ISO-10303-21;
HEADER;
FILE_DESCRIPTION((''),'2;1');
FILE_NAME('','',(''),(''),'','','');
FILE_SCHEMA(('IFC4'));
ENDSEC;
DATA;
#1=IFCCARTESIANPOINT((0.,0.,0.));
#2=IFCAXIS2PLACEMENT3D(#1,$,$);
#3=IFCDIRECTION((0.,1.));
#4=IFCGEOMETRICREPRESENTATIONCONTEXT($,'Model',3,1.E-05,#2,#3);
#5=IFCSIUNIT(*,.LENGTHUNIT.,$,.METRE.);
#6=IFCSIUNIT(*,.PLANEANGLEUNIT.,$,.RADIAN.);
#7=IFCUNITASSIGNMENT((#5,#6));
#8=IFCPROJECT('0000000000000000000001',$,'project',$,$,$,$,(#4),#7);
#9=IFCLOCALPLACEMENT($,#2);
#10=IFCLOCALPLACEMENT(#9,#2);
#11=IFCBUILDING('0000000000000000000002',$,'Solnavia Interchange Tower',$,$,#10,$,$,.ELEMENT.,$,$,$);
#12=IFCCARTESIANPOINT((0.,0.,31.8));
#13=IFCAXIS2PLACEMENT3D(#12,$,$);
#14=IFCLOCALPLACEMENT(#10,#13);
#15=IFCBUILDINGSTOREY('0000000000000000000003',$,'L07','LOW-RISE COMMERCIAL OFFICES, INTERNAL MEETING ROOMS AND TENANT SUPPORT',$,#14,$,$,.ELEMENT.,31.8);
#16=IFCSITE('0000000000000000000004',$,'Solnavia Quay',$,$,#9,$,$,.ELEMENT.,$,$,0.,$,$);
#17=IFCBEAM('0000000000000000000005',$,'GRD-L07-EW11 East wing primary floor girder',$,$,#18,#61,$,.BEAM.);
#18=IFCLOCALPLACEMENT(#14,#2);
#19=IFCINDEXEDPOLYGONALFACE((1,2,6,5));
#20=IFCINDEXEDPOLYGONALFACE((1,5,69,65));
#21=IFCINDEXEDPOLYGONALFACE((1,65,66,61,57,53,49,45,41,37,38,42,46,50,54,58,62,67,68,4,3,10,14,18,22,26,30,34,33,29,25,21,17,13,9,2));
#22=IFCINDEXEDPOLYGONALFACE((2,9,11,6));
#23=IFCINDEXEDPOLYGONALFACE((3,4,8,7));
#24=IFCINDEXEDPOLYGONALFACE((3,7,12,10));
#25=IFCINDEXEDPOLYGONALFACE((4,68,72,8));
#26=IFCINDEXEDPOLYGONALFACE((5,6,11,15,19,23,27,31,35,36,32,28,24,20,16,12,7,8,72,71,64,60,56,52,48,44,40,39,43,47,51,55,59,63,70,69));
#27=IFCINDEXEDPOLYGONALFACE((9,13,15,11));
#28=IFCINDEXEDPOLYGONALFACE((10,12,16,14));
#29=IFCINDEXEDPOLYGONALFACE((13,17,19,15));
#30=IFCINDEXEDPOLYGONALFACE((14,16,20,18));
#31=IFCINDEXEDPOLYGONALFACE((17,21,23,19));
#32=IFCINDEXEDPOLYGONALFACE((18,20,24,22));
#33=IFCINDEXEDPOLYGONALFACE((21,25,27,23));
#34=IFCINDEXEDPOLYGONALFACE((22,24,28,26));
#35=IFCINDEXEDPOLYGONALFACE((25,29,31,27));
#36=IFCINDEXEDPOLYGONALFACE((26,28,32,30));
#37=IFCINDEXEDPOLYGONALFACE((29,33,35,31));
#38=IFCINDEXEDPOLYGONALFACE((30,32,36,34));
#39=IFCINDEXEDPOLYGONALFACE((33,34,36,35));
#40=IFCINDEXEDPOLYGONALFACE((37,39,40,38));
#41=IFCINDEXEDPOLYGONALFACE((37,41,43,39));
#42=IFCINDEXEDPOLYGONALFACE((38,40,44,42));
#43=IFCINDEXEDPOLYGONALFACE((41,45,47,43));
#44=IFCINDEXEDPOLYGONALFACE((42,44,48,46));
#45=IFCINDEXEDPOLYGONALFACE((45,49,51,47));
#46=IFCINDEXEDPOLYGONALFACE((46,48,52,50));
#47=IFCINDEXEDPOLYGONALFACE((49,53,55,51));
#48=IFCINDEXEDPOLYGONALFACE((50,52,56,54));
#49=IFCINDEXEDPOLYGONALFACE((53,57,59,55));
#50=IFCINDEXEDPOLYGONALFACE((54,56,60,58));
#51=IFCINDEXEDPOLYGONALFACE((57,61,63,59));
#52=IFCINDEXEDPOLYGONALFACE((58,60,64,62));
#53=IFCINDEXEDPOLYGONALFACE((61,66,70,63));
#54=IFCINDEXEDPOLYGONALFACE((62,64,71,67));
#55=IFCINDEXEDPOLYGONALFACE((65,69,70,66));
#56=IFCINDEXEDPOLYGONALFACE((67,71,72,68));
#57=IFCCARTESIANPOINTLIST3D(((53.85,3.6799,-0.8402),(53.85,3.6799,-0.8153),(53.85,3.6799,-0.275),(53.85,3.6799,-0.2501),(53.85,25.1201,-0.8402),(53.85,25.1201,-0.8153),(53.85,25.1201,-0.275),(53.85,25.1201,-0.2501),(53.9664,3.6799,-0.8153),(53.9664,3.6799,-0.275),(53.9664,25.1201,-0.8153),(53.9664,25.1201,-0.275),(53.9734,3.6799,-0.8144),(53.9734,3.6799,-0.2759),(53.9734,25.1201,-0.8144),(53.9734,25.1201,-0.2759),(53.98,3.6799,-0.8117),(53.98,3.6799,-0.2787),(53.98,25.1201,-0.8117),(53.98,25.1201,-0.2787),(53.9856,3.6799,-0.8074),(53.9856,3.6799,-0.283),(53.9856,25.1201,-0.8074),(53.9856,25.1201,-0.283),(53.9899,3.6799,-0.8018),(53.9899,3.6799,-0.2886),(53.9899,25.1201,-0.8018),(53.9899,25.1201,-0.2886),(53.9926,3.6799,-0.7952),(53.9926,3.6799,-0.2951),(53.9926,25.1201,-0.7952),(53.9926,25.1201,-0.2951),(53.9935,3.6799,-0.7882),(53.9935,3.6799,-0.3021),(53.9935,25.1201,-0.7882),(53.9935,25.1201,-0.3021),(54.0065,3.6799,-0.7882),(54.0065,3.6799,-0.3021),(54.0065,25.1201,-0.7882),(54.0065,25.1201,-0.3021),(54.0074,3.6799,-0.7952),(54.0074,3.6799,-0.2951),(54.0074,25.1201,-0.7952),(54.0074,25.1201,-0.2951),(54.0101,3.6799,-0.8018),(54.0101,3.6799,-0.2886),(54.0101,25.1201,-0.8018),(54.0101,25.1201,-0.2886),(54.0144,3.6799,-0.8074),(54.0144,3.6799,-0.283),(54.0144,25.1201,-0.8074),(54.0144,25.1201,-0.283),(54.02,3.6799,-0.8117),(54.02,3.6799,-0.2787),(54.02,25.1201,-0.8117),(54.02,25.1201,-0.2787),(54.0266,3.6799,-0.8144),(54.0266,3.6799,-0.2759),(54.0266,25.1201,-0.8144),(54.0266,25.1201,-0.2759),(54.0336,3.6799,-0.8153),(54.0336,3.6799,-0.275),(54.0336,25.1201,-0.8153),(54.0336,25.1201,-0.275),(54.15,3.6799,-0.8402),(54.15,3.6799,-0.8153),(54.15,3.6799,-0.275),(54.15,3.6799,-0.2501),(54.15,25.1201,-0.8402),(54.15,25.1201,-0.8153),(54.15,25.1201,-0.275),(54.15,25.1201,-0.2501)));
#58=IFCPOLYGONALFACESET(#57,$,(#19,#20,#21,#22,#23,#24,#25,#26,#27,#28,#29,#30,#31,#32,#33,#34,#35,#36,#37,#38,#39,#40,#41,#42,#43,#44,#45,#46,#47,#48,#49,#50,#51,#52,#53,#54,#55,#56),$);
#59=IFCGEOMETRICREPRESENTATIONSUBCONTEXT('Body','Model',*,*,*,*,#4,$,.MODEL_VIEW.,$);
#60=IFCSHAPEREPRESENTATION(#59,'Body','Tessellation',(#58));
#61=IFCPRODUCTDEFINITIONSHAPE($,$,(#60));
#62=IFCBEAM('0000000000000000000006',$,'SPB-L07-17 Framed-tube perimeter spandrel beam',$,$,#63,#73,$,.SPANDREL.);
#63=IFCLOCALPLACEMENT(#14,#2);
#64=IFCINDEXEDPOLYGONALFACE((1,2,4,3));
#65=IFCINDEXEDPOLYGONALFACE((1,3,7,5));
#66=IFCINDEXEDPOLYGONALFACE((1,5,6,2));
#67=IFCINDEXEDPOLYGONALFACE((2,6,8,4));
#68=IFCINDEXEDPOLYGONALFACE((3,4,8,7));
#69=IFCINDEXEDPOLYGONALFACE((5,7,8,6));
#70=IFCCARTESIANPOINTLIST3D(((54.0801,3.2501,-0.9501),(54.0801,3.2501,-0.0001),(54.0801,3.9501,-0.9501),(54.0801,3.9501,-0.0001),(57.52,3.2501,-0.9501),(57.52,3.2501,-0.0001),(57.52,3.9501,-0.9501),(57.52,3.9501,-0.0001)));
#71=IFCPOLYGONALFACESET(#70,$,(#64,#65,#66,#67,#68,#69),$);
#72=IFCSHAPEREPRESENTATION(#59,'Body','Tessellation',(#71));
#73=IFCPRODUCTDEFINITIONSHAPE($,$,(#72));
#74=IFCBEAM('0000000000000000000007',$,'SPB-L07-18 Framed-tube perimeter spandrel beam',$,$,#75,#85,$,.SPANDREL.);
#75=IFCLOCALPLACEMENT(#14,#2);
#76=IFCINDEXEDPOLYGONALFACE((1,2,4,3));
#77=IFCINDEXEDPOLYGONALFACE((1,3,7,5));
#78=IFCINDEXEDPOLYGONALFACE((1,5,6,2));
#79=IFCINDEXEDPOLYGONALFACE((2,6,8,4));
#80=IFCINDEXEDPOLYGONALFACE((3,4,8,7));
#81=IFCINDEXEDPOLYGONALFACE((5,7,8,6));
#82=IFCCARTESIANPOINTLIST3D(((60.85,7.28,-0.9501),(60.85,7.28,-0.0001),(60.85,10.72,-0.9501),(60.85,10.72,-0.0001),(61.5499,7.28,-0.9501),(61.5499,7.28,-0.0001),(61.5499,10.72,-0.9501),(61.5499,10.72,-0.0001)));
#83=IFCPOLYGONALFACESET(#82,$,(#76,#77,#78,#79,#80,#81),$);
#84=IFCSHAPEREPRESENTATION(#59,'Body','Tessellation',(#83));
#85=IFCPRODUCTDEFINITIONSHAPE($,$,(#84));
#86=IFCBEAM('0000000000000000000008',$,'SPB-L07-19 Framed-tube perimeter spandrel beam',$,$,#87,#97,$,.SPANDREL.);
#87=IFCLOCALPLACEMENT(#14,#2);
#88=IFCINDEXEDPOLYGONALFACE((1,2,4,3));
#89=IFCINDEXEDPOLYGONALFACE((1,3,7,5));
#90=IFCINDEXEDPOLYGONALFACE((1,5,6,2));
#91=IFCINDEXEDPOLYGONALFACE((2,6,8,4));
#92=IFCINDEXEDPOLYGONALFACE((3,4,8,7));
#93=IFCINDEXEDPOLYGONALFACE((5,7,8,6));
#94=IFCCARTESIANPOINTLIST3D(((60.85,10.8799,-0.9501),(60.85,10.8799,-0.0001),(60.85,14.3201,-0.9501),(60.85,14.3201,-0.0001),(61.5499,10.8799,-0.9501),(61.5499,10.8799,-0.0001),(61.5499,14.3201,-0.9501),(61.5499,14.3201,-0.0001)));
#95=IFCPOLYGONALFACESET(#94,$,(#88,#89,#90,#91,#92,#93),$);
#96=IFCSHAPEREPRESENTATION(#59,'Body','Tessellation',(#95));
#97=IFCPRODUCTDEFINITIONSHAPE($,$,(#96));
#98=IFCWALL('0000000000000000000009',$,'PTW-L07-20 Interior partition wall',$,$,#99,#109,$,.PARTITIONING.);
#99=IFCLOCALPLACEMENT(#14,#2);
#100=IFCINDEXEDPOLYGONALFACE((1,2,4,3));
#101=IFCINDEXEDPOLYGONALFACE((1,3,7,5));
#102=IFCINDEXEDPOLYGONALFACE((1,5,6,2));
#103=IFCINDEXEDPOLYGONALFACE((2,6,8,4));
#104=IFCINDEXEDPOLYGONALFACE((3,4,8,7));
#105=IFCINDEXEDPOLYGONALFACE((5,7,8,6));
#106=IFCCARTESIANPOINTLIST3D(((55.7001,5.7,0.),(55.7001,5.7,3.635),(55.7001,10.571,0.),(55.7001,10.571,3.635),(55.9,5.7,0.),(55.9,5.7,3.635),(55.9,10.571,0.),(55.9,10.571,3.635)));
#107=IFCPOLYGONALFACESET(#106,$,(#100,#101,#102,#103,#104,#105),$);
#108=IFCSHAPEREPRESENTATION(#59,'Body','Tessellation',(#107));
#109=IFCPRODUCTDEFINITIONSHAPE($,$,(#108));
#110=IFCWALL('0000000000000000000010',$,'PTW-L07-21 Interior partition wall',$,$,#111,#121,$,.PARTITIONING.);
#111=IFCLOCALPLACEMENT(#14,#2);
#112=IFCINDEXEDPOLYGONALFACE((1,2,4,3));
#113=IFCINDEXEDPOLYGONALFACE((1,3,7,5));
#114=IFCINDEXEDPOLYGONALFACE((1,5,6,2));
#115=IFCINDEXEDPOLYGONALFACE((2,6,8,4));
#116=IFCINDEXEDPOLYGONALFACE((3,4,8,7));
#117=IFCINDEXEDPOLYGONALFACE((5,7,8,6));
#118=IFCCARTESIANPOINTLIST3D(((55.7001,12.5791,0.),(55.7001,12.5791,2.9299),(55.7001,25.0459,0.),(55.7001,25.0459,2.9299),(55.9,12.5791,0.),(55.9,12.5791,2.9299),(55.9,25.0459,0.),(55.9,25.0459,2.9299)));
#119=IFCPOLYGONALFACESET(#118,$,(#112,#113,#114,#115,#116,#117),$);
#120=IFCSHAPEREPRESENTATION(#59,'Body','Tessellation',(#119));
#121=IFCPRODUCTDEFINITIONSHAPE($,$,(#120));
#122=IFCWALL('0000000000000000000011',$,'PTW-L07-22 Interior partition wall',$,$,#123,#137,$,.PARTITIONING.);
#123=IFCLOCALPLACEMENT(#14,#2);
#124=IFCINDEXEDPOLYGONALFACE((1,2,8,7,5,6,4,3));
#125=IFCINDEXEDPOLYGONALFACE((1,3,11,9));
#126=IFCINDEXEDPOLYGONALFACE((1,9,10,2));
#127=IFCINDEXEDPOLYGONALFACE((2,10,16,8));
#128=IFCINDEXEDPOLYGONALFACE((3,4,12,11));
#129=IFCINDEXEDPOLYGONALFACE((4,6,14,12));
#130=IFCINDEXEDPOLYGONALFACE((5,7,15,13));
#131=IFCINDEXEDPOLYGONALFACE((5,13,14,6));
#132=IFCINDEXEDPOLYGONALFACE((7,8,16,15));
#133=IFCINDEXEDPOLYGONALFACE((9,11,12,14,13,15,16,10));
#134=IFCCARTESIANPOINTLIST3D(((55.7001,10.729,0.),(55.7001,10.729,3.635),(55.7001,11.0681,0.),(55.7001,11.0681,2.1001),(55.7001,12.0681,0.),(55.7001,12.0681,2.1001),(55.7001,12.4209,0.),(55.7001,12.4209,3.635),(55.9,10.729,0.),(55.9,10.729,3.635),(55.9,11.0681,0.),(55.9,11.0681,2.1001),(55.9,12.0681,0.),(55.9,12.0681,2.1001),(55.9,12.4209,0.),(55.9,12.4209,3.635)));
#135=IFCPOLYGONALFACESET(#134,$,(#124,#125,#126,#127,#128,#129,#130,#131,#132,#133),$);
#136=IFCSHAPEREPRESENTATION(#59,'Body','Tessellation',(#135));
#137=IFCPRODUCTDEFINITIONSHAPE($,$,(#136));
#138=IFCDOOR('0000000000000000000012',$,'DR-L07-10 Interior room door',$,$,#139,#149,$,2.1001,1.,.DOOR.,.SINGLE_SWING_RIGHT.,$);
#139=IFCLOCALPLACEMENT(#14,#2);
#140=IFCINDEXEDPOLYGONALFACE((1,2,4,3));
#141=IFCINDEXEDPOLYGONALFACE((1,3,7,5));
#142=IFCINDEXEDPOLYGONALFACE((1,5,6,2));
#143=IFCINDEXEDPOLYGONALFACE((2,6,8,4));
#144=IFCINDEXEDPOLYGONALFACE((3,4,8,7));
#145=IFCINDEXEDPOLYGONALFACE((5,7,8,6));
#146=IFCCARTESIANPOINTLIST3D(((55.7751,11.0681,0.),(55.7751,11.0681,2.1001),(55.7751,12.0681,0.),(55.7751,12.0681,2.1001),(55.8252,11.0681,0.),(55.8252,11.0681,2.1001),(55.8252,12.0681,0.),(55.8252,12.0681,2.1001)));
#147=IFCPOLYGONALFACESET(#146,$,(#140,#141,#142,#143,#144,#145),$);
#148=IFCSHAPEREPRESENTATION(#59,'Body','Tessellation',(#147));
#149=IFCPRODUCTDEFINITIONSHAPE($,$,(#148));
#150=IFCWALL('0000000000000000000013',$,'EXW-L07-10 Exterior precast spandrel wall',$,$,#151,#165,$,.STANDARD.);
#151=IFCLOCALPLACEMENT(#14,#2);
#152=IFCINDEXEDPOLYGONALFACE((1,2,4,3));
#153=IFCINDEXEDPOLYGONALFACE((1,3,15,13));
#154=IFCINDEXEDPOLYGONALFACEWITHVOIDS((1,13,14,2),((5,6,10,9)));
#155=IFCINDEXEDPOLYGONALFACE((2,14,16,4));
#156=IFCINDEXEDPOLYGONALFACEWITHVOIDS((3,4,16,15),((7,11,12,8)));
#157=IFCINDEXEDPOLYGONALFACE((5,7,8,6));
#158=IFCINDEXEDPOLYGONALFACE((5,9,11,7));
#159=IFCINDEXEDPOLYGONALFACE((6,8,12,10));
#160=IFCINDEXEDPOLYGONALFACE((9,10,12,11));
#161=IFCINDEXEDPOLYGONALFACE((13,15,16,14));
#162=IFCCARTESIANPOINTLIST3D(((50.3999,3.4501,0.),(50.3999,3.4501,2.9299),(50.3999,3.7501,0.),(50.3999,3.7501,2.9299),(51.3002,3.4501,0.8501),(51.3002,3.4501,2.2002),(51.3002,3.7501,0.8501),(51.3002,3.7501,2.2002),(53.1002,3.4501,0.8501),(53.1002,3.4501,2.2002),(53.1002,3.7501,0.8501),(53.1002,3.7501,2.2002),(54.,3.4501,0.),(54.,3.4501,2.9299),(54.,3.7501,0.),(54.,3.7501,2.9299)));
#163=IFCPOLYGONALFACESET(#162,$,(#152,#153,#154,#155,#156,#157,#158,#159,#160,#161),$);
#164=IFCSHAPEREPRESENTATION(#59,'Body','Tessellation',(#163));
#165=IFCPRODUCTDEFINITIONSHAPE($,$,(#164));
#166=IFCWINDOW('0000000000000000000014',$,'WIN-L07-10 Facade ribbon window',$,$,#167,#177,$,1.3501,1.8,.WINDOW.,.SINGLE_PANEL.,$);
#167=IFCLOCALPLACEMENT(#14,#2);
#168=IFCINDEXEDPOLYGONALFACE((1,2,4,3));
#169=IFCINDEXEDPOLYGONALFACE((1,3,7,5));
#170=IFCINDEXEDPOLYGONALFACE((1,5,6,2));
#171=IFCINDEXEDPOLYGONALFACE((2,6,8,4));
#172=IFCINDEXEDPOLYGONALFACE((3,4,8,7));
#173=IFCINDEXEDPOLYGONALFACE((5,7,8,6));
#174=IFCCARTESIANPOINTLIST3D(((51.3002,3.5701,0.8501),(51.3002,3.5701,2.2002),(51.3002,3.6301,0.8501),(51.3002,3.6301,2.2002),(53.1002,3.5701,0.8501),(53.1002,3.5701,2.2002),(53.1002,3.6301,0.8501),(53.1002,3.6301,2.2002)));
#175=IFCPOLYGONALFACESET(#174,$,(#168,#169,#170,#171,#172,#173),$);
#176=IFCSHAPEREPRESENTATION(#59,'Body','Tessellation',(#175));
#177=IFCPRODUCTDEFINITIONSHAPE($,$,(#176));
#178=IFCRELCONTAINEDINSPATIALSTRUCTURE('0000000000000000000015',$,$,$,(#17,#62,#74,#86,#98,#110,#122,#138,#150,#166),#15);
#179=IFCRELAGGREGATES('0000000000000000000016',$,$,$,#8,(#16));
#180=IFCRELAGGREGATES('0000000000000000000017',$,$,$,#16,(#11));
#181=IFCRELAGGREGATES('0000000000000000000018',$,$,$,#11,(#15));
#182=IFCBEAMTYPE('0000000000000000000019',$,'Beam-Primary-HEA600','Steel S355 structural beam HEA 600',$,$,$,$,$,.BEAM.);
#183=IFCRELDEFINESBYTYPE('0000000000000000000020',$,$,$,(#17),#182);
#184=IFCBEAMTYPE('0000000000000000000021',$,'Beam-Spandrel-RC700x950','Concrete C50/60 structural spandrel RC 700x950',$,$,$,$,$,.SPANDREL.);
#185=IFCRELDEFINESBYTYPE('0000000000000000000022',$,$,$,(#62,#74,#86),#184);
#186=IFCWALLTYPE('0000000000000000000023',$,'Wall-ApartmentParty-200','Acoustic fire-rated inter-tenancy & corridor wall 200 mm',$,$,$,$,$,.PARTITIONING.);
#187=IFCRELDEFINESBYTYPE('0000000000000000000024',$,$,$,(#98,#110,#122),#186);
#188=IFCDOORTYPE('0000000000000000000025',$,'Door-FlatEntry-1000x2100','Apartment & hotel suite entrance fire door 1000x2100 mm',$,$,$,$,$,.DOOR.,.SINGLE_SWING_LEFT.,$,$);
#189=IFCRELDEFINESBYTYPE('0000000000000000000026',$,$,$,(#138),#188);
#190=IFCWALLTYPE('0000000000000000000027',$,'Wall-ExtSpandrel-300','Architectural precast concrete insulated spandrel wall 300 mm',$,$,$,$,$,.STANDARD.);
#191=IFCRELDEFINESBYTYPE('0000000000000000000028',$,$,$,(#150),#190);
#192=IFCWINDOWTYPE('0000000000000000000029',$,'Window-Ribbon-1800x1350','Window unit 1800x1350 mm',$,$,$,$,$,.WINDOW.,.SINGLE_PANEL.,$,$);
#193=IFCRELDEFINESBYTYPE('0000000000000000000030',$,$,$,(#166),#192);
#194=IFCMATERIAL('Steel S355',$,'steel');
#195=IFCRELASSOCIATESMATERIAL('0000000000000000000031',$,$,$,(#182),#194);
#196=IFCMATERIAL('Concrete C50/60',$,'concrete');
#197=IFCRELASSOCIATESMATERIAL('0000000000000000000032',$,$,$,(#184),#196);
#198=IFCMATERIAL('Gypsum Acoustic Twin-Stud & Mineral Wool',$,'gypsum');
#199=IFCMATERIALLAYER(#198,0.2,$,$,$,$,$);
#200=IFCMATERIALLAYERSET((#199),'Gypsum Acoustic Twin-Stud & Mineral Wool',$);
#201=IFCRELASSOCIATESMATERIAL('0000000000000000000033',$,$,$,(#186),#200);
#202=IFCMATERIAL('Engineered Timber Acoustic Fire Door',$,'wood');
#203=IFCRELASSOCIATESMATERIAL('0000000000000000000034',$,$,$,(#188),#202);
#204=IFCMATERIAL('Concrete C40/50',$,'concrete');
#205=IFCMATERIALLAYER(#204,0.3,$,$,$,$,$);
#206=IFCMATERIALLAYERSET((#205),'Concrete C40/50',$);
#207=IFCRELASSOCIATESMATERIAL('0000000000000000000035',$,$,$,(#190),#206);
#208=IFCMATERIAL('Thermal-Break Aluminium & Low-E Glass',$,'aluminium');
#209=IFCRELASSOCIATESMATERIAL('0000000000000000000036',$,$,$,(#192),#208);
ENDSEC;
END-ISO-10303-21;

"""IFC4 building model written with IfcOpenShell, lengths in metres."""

from ifc_helpers import new_model, si_unit, direction, frame, frame_2d, origin, origin_2d, place, context, subcontext, project, spatial, rectangle, i_section, extrude, material, layer, layer_set, material_profile, profile_set, type_object, element, fill, save


model = new_model("IFC4")

# Units and contexts
model_context = context("Model", 3, precision=1e-05, world=origin(), true_north=direction((0.0, 1.0)))
body_context = subcontext(model_context, "Body", "Model", "MODEL_VIEW")
ifc_project = project(units=[si_unit("LENGTHUNIT", "METRE"), si_unit("PLANEANGLEUNIT", "RADIAN")], contexts=[model_context])

# Site, building, storey
site_placement = place(None, origin())
site = spatial("IfcSite", under=ifc_project, at=site_placement, Name="Solnavia Quay", CompositionType="ELEMENT", RefElevation=0.0)
building_placement = place(site_placement, origin())
building = spatial("IfcBuilding", under=site, at=building_placement, Name="Solnavia Interchange Tower", CompositionType="ELEMENT")
storey_placement = place(building_placement, frame((0.0, 0.0, 31.8)))
storey = spatial("IfcBuildingStorey", under=building, at=storey_placement, Name="L07", Description="LOW-RISE COMMERCIAL OFFICES, INTERNAL MEETING ROOMS AND TENANT SUPPORT", CompositionType="ELEMENT", Elevation=31.8)

# Beams
ifc_material_1 = material(Name="Steel S355", Category="steel")
ifc_material_profile_1 = material_profile(ifc_material_1, i_section(OverallWidth=0.3, OverallDepth=0.5901, WebThickness=0.0129, FlangeThickness=0.0249, FilletRadius=0.0271, at=origin_2d()), Name="HEA 600")
ifc_profile_set_1 = profile_set([ifc_material_profile_1], Name="Steel S355")
beam_type_1 = type_object("IfcBeamType", Name="Beam-Primary-HEA600", Description="Steel S355 structural beam HEA 600", PredefinedType="BEAM", material=ifc_profile_set_1)
beam_1_placement = place(storey_placement, frame((54.0, 3.6799, -0.5452), z_axis=(0.0, 1.0, 0.0), x_axis=(-1.0, 0.0, 0.0)))
element("IfcBeam", 1, at=beam_1_placement, inside=storey, type_object=beam_type_1, Name="GRD-L07-EW11 East wing primary floor girder", PredefinedType="BEAM", context=body_context, shape_type="SweptSolid", body=[
    extrude(i_section(OverallWidth=0.3, OverallDepth=0.5901, WebThickness=0.0129, FlangeThickness=0.0249, FilletRadius=0.0271, at=origin_2d()), origin(), (0.0, 0.0, 1.0), 21.4402),
])
ifc_material_2 = material(Name="Concrete C50/60", Category="concrete")
ifc_material_profile_2 = material_profile(ifc_material_2, rectangle(XDim=0.7, YDim=0.95, at=origin_2d()), Name="RC 700x950")
ifc_profile_set_2 = profile_set([ifc_material_profile_2], Name="Concrete C50/60")
beam_type_2 = type_object("IfcBeamType", Name="Beam-Spandrel-RC700x950", Description="Concrete C50/60 structural spandrel RC 700x950", PredefinedType="SPANDREL", material=ifc_profile_set_2)
for number, where, z_axis, x_axis, name in (
    (2, (54.0801, 3.6001, -0.4751), (1.0, 0.0, 0.0), (0.0, 1.0, 0.0), "SPB-L07-17 Framed-tube perimeter spandrel beam"),
    (3, (61.2, 7.28, -0.4751), (0.0, 1.0, 0.0), (-1.0, 0.0, 0.0), "SPB-L07-18 Framed-tube perimeter spandrel beam"),
):
    element("IfcBeam", number, at=place(storey_placement, frame(where, z_axis=z_axis, x_axis=x_axis)), inside=storey, type_object=beam_type_2, Name=name, PredefinedType="SPANDREL", context=body_context, shape_type="SweptSolid", body=[
        extrude(rectangle(XDim=0.7, YDim=0.95, at=origin_2d()), origin(), (0.0, 0.0, 1.0), 3.4399),
    ])
beam_2_placement = place(storey_placement, frame((61.2, 10.8799, -0.4751), z_axis=(0.0, 1.0, 0.0), x_axis=(-1.0, 0.0, 0.0)))
element("IfcBeam", 4, at=beam_2_placement, inside=storey, type_object=beam_type_2, Name="SPB-L07-19 Framed-tube perimeter spandrel beam", PredefinedType="SPANDREL", context=body_context, shape_type="SweptSolid", body=[
    extrude(rectangle(XDim=0.7, YDim=0.95, at=origin_2d()), origin(), (0.0, 0.0, 1.0), 3.4402),
])

# Walls
ifc_material_3 = material(Name="Gypsum Acoustic Twin-Stud & Mineral Wool", Category="gypsum")
ifc_layer_1 = layer(ifc_material_3, 0.2)
ifc_layer_set_1 = layer_set([ifc_layer_1], Name="Gypsum Acoustic Twin-Stud & Mineral Wool")
wall_type_1 = type_object("IfcWallType", Name="Wall-ApartmentParty-200", Description="Acoustic fire-rated inter-tenancy & corridor wall 200 mm", PredefinedType="PARTITIONING", material=ifc_layer_set_1)
wall_1_placement = place(storey_placement, frame((55.8, 5.7, 0.0), z_axis=(0.0, 0.0, 1.0), x_axis=(0.0, 1.0, 0.0)))
element("IfcWall", 5, at=wall_1_placement, inside=storey, type_object=wall_type_1, Name="PTW-L07-20 Interior partition wall", PredefinedType="PARTITIONING", context=body_context, shape_type="SweptSolid", body=[
    extrude(rectangle(XDim=4.8711, YDim=0.2, at=frame_2d((2.4355, 0.0))), origin(), (0.0, 0.0, 1.0), 3.635),
])
wall_2_placement = place(storey_placement, frame((55.8, 12.5791, 0.0), z_axis=(0.0, 0.0, 1.0), x_axis=(0.0, 1.0, 0.0)))
element("IfcWall", 6, at=wall_2_placement, inside=storey, type_object=wall_type_1, Name="PTW-L07-21 Interior partition wall", PredefinedType="PARTITIONING", context=body_context, shape_type="SweptSolid", body=[
    extrude(rectangle(XDim=12.4668, YDim=0.2, at=frame_2d((6.2334, 0.0))), origin(), (0.0, 0.0, 1.0), 2.9299),
])

# Wall, opening, door
wall_3_placement = place(storey_placement, frame((55.8, 10.729, 0.0), z_axis=(0.0, 0.0, 1.0), x_axis=(0.0, 1.0, 0.0)))
wall_3 = element("IfcWall", 7, at=wall_3_placement, inside=storey, type_object=wall_type_1, Name="PTW-L07-22 Interior partition wall", PredefinedType="PARTITIONING", context=body_context, shape_type="SweptSolid", body=[
    extrude(rectangle(XDim=1.6919, YDim=0.2, at=frame_2d((0.8459, 0.0))), origin(), (0.0, 0.0, 1.0), 3.635),
])
opening_1_placement = place(wall_3_placement, frame((0.3391, 0.0, 0.0)))
opening_1 = element("IfcOpeningElement", 8, at=opening_1_placement, cuts=wall_3, PredefinedType="OPENING", context=body_context, shape_type="SweptSolid", body=[
    extrude(rectangle(XDim=1.0, YDim=2.1001, at=frame_2d((0.5, 1.05))), frame((0.0, 0.1099, 0.0), z_axis=(0.0, -1.0, 0.0), x_axis=(1.0, 0.0, 0.0)), (0.0, 0.0, 1.0), 0.22),
])
ifc_material_4 = material(Name="Engineered Timber Acoustic Fire Door", Category="wood")
door_type = type_object("IfcDoorType", Name="Door-FlatEntry-1000x2100", Description="Apartment & hotel suite entrance fire door 1000x2100 mm", OperationType="SINGLE_SWING_LEFT", PredefinedType="DOOR", material=ifc_material_4)
door_placement = place(opening_1_placement, origin())
door = element("IfcDoor", 9, at=door_placement, inside=storey, type_object=door_type, Name="DR-L07-10 Interior room door", OperationType="SINGLE_SWING_RIGHT", OverallHeight=2.1001, OverallWidth=1.0, PredefinedType="DOOR", context=body_context, shape_type="SweptSolid", body=[
    extrude(rectangle(XDim=1.0, YDim=2.1001, at=frame_2d((0.5, 1.05))), frame((0.0, 0.0249, 0.0), z_axis=(0.0, -1.0, 0.0), x_axis=(1.0, 0.0, 0.0)), (0.0, 0.0, 1.0), 0.05),
])
fill(opening_1, door)

# Wall, opening, window
ifc_material_5 = material(Name="Concrete C40/50", Category="concrete")
ifc_layer_2 = layer(ifc_material_5, 0.3)
ifc_layer_set_2 = layer_set([ifc_layer_2], Name="Concrete C40/50")
wall_type_2 = type_object("IfcWallType", Name="Wall-ExtSpandrel-300", Description="Architectural precast concrete insulated spandrel wall 300 mm", PredefinedType="STANDARD", material=ifc_layer_set_2)
wall_4_placement = place(storey_placement, frame((54.0, 3.6001, 0.0), z_axis=(0.0, 0.0, 1.0), x_axis=(-1.0, 0.0, 0.0)))
wall_4 = element("IfcWall", 10, at=wall_4_placement, inside=storey, type_object=wall_type_2, Name="EXW-L07-10 Exterior precast spandrel wall", PredefinedType="STANDARD", context=body_context, shape_type="SweptSolid", body=[
    extrude(rectangle(XDim=3.6001, YDim=0.3, at=frame_2d((1.8, 0.0))), origin(), (0.0, 0.0, 1.0), 2.9299),
])
opening_2_placement = place(wall_4_placement, frame((0.8999, 0.0, 0.8501)))
opening_2 = element("IfcOpeningElement", 11, at=opening_2_placement, cuts=wall_4, PredefinedType="OPENING", context=body_context, shape_type="SweptSolid", body=[
    extrude(rectangle(XDim=1.8, YDim=1.3501, at=frame_2d((0.8999, 0.675))), frame((0.0, 0.1602, 0.0), z_axis=(0.0, -1.0, 0.0), x_axis=(1.0, 0.0, 0.0)), (0.0, 0.0, 1.0), 0.3201),
])
ifc_material_6 = material(Name="Thermal-Break Aluminium & Low-E Glass", Category="aluminium")
window_type = type_object("IfcWindowType", Name="Window-Ribbon-1800x1350", Description="Window unit 1800x1350 mm", PartitioningType="SINGLE_PANEL", PredefinedType="WINDOW", material=ifc_material_6)
window_1_placement = place(opening_2_placement, origin())
window_1 = element("IfcWindow", 12, at=window_1_placement, inside=storey, type_object=window_type, Name="WIN-L07-10 Facade ribbon window", OverallHeight=1.3501, OverallWidth=1.8, PartitioningType="SINGLE_PANEL", PredefinedType="WINDOW", context=body_context, shape_type="SweptSolid", body=[
    extrude(rectangle(XDim=1.8, YDim=1.3501, at=frame_2d((0.8999, 0.675))), frame((0.0, 0.03, 0.0), z_axis=(0.0, -1.0, 0.0), x_axis=(1.0, 0.0, 0.0)), (0.0, 0.0, 1.0), 0.0601),
])
fill(opening_2, window_1)

save(model, "model.ifc")
